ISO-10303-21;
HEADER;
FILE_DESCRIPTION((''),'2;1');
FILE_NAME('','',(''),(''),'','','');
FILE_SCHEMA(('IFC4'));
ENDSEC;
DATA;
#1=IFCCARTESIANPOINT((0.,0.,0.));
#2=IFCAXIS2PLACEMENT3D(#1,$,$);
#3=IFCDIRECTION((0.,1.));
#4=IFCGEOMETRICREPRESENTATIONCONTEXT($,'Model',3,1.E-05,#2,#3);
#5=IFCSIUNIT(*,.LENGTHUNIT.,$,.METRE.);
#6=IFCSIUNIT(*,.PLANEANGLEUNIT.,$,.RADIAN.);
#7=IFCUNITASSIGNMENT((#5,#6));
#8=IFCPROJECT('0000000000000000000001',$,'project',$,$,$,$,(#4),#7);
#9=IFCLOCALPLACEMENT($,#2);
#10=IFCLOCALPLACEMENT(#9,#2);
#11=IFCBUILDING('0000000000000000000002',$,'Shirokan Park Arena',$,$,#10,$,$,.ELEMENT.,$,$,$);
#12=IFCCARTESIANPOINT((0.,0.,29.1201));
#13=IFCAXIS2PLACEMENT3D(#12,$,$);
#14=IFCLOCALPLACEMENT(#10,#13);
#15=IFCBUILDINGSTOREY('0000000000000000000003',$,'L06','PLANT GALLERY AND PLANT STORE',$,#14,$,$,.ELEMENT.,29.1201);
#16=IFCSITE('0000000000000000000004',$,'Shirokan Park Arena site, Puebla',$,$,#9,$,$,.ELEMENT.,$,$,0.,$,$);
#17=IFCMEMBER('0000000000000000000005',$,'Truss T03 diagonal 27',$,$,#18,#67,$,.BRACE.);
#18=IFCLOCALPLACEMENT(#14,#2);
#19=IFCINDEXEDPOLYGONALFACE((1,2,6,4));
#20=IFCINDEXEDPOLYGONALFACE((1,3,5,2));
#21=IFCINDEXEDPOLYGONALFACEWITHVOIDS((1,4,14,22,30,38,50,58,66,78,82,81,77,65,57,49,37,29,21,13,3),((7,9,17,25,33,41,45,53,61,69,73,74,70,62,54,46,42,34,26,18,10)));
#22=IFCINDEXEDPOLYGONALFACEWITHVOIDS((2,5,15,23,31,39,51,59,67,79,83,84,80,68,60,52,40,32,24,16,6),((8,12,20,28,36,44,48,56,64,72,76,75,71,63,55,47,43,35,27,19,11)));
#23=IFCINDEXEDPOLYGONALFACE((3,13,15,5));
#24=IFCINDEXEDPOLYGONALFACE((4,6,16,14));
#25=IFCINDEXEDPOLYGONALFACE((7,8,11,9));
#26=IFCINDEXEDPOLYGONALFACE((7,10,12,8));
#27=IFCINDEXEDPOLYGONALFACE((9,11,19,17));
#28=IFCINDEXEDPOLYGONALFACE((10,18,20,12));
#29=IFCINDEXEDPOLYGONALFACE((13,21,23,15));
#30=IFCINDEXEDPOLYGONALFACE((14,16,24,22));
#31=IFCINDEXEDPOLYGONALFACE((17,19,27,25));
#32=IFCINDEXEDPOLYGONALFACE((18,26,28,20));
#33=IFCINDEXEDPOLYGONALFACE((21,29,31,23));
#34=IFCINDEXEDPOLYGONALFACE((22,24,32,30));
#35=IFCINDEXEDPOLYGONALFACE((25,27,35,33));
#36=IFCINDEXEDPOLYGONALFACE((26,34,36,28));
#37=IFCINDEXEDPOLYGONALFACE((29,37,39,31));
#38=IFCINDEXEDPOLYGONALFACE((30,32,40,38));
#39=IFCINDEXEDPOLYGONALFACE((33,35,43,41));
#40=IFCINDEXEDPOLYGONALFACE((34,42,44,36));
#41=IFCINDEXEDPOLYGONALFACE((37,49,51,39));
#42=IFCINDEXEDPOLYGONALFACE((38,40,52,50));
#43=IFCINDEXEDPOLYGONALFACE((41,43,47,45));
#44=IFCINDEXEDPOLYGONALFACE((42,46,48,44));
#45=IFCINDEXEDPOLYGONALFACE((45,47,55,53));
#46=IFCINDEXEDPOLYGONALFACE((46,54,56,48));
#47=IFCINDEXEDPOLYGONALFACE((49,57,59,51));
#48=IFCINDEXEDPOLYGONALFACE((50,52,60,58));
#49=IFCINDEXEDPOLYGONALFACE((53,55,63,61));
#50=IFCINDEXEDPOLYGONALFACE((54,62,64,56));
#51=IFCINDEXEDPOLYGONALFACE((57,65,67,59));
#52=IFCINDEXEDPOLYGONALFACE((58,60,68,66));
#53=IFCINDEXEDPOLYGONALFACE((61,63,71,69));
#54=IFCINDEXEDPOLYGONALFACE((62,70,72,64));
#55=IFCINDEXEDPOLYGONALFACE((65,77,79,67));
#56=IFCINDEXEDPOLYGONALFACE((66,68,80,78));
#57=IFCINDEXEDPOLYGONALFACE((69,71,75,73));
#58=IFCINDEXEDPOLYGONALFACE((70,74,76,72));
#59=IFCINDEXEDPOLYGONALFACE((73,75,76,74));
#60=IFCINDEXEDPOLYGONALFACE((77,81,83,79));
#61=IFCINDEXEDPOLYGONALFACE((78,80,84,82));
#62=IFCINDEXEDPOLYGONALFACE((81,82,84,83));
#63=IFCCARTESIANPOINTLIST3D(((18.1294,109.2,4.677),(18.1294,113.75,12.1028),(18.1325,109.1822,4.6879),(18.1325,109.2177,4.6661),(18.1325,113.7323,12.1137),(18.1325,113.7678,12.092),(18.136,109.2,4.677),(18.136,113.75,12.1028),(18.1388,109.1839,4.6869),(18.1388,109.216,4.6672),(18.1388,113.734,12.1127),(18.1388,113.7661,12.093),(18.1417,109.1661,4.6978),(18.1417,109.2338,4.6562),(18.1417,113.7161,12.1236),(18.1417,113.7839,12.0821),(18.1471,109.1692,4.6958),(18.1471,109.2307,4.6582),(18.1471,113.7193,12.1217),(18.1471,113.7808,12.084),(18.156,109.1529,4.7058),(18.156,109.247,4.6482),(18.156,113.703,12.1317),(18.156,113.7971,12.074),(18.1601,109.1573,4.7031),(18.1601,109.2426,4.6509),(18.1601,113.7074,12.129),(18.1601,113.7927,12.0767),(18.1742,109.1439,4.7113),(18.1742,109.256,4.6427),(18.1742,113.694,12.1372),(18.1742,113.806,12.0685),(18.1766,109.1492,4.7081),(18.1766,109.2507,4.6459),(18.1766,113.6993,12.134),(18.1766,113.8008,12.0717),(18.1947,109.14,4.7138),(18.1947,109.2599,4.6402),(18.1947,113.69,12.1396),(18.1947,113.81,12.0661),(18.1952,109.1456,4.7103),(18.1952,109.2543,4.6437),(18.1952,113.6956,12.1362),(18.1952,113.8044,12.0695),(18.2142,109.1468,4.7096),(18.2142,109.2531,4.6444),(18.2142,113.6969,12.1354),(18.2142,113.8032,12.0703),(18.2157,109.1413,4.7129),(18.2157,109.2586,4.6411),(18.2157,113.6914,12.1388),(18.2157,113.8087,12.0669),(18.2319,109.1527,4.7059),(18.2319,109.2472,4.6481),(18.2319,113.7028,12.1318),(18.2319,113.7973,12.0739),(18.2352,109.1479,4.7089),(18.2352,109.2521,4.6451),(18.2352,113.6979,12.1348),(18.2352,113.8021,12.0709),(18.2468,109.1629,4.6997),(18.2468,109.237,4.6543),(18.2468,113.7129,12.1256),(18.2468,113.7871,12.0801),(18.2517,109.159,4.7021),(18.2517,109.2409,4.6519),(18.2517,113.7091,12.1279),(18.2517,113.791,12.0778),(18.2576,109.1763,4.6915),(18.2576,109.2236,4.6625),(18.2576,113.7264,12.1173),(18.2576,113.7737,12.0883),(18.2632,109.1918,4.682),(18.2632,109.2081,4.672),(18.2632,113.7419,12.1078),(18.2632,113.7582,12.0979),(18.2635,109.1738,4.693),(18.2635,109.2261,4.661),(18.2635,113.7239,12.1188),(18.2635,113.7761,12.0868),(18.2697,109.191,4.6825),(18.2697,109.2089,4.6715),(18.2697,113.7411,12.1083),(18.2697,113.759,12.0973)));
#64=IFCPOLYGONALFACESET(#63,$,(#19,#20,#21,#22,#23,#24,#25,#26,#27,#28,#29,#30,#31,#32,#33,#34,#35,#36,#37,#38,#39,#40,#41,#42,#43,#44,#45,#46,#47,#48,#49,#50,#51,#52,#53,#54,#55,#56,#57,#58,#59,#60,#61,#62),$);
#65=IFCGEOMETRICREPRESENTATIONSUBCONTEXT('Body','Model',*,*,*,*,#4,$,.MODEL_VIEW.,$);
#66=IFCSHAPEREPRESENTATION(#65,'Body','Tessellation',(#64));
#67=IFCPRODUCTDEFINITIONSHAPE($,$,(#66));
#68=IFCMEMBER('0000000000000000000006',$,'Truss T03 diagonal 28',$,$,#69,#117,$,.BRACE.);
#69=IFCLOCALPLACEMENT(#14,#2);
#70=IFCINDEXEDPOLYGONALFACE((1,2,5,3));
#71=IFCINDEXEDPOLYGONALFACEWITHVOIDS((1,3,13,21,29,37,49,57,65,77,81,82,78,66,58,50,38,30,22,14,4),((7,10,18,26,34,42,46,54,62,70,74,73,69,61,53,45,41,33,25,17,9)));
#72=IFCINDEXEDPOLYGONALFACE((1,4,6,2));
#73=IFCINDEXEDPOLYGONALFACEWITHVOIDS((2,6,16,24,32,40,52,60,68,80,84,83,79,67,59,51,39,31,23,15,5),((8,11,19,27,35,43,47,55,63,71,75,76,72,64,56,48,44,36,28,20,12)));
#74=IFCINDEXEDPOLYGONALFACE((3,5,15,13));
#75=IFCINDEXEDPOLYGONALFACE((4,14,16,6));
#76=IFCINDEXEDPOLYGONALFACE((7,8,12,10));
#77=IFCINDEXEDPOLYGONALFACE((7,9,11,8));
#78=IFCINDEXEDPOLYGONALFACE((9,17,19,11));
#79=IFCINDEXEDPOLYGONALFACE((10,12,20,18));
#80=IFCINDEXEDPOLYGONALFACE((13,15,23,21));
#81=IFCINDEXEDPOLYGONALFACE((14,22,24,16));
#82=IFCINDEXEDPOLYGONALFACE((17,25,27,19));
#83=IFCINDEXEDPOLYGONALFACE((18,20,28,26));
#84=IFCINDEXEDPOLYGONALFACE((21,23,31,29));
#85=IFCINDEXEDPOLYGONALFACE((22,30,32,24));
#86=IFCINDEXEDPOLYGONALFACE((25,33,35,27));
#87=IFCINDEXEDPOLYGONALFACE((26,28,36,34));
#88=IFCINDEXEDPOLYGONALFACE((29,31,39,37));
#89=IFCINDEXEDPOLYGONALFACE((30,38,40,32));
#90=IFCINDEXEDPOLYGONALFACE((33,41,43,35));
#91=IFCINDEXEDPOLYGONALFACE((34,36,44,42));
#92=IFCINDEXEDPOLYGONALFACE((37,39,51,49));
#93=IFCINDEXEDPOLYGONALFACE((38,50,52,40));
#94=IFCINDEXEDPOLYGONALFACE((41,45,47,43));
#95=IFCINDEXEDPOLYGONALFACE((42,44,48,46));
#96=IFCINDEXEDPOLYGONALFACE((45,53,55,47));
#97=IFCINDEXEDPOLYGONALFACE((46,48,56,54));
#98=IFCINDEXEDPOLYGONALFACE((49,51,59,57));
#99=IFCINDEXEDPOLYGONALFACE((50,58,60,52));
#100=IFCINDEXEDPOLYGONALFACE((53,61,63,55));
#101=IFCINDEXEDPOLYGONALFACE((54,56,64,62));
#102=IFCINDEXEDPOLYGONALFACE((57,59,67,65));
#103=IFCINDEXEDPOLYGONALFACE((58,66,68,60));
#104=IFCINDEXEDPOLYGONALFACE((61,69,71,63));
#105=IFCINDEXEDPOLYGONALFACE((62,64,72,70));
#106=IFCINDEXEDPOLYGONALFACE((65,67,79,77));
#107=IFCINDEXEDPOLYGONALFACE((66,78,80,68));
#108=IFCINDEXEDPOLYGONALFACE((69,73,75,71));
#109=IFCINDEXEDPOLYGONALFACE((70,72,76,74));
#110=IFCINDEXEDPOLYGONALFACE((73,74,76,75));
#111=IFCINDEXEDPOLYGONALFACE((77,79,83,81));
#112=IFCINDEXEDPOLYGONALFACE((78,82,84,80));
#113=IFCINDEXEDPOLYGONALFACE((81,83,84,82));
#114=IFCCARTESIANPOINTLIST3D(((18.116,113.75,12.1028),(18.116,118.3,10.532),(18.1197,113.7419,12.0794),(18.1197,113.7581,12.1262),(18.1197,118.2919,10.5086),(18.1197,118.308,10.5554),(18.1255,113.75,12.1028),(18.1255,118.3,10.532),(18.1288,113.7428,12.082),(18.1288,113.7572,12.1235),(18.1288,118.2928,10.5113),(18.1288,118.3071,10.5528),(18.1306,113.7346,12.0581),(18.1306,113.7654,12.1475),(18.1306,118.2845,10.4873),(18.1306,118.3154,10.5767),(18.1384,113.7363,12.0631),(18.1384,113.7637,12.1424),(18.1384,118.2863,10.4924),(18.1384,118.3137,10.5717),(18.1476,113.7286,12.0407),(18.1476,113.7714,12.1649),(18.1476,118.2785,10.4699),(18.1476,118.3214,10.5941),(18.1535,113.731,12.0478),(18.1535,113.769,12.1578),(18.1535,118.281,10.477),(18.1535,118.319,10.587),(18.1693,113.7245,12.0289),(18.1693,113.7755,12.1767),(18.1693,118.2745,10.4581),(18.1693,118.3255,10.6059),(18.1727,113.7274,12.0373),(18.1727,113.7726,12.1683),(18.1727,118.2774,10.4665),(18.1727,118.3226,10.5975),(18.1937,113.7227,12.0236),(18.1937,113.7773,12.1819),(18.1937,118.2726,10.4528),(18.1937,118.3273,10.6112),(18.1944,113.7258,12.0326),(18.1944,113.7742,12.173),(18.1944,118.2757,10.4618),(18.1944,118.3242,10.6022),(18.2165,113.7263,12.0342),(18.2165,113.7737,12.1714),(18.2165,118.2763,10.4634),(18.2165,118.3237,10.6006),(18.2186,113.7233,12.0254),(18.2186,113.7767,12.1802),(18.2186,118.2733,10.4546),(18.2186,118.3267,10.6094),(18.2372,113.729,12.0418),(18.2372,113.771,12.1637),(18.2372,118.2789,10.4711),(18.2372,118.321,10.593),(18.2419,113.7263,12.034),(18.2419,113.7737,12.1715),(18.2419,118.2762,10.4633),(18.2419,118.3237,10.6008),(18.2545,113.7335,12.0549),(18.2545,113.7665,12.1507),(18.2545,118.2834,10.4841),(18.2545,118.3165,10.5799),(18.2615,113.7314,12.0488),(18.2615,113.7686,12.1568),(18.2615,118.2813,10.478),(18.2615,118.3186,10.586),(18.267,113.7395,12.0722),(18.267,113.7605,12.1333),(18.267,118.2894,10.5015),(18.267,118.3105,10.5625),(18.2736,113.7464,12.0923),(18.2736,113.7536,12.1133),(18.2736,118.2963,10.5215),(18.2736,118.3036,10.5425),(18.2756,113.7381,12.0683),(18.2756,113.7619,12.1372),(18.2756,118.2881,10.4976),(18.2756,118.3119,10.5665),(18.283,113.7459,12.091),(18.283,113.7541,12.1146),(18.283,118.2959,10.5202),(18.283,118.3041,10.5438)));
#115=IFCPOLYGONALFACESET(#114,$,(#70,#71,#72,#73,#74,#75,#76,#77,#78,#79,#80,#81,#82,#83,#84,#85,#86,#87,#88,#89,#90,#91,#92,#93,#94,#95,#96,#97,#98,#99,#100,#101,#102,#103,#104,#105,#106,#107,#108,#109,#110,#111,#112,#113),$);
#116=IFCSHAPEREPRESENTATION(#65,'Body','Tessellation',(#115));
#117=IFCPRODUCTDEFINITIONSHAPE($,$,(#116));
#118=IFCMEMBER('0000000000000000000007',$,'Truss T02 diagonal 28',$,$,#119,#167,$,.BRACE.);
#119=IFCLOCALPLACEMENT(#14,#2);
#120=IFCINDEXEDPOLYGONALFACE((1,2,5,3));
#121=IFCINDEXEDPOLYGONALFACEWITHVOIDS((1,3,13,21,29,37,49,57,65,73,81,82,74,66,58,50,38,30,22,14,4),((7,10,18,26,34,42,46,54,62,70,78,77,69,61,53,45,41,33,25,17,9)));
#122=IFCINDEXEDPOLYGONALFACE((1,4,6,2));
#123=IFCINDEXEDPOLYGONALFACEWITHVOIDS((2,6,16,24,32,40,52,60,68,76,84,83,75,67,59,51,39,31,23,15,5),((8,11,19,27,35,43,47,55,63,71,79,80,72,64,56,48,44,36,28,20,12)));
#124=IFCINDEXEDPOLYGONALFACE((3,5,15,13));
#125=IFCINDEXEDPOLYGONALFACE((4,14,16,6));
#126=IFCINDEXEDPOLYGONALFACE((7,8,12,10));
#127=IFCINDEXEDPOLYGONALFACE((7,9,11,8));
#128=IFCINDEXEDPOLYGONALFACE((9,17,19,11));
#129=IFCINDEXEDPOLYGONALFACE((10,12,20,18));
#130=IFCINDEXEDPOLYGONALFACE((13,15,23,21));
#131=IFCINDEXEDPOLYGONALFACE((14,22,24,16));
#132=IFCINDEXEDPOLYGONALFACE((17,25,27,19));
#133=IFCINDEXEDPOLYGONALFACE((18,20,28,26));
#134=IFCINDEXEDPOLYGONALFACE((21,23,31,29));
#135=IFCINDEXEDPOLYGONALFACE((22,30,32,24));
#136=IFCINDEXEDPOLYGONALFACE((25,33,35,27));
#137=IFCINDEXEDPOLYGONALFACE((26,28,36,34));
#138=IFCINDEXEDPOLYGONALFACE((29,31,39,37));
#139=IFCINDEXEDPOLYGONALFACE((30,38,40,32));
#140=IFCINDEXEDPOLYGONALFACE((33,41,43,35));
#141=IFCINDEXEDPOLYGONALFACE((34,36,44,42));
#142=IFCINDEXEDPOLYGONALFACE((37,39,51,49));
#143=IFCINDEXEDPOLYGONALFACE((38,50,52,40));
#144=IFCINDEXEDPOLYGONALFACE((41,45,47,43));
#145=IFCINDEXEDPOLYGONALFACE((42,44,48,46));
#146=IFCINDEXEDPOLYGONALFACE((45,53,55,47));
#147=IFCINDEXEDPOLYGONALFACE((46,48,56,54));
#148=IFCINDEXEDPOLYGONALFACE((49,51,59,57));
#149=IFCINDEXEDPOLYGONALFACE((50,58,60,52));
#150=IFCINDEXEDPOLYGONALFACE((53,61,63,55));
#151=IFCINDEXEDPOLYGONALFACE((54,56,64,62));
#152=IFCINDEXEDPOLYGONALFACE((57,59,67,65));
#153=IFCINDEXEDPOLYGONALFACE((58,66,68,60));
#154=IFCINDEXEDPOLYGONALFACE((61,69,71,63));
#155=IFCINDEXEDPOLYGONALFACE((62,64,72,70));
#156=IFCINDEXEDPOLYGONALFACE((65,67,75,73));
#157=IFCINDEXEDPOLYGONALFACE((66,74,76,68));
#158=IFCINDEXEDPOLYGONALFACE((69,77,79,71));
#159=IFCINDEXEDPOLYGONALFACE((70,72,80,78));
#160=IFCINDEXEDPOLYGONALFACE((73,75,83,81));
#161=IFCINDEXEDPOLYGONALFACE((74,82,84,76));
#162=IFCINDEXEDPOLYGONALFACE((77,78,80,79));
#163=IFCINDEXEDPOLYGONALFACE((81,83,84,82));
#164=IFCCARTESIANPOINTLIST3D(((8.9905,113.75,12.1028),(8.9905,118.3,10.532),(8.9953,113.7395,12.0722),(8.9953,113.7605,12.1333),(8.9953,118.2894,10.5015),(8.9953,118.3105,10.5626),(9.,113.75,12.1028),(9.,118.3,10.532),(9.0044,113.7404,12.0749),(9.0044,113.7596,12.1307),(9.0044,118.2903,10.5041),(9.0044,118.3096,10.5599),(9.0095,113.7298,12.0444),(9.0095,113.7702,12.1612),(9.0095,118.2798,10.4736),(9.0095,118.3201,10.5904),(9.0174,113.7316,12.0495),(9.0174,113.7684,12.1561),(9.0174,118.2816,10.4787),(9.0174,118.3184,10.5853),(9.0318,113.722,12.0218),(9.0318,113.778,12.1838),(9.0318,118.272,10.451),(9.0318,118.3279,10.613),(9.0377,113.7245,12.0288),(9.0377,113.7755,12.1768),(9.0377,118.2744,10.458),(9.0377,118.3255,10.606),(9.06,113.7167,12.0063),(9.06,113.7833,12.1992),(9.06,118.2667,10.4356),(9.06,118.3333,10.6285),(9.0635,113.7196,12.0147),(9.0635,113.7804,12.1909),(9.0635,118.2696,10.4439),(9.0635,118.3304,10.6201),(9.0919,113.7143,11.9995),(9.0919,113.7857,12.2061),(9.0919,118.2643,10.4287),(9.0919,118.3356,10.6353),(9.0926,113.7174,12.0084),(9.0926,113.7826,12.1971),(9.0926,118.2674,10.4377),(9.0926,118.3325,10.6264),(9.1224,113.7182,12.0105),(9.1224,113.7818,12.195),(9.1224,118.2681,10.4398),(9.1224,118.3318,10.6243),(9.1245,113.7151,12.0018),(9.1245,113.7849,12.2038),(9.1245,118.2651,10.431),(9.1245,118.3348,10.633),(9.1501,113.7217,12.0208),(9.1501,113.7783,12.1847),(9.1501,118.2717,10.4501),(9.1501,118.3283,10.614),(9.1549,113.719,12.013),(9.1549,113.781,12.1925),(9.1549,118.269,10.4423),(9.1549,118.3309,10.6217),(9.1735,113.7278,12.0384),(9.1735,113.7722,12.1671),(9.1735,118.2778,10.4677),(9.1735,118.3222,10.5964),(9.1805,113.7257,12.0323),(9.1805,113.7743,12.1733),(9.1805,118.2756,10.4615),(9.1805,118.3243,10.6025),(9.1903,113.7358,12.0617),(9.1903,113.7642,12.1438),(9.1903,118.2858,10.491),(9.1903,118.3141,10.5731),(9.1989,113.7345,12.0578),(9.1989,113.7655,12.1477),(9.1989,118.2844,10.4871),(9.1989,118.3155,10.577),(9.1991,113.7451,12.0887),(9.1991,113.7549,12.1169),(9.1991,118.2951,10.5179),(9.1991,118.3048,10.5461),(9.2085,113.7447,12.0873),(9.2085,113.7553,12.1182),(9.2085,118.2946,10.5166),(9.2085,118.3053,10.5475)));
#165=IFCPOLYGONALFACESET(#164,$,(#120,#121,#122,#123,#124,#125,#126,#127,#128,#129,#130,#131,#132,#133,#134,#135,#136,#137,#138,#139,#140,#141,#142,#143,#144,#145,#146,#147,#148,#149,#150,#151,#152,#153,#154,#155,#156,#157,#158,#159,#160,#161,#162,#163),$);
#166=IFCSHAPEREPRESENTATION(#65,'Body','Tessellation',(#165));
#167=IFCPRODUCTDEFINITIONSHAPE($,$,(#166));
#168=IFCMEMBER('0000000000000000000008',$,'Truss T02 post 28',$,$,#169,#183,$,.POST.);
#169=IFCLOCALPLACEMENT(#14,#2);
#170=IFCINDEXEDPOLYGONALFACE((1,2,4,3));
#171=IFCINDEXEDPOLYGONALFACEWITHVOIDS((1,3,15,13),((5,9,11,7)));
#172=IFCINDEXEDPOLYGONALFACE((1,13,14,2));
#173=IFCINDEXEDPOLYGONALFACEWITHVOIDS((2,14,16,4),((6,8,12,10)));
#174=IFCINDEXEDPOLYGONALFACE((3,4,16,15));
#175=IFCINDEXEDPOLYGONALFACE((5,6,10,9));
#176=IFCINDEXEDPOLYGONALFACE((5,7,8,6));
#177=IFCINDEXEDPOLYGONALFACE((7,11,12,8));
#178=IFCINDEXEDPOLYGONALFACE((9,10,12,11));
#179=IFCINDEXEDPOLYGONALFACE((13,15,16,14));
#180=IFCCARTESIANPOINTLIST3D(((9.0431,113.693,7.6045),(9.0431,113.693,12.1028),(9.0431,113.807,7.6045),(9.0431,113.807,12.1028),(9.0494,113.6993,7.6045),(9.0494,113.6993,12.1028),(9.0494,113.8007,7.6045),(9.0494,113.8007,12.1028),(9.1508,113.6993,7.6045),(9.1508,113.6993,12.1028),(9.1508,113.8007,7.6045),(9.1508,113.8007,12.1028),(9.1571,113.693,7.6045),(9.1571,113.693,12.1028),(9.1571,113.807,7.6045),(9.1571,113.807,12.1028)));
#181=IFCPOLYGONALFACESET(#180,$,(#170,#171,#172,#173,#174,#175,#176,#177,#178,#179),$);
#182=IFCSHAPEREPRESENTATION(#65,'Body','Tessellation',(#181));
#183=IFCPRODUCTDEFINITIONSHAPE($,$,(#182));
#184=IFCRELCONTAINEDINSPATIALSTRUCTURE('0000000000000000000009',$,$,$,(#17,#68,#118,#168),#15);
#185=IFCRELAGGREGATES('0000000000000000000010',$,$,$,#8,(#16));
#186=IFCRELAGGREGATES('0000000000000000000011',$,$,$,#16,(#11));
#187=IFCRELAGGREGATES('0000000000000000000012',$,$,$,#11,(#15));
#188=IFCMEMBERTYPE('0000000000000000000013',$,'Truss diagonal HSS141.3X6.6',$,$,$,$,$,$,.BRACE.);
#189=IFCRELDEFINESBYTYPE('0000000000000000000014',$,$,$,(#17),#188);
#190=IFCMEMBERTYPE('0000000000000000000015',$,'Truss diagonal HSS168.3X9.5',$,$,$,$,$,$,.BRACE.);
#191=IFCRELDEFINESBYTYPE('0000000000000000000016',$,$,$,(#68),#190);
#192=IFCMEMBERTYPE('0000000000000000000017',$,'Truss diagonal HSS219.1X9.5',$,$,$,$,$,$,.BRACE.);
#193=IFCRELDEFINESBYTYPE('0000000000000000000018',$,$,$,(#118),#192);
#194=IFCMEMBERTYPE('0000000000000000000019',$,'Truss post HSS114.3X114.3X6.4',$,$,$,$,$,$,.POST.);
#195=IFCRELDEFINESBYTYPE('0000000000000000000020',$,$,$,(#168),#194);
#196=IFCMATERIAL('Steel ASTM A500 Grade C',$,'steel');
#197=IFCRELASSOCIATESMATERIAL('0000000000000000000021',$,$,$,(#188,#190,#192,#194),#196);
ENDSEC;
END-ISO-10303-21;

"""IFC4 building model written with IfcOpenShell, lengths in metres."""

from ifc_helpers import new_model, si_unit, direction, frame, origin, origin_2d, place, context, subcontext, project, spatial, hollow_rectangle, hollow_circle, extrude, material, material_profile, profile_set, type_object, element, save


model = new_model("IFC4")

# Units and contexts
model_context = context("Model", 3, precision=1e-05, world=origin(), true_north=direction((0.0, 1.0)))
body_context = subcontext(model_context, "Body", "Model", "MODEL_VIEW")
ifc_project = project(units=[si_unit("LENGTHUNIT", "METRE"), si_unit("PLANEANGLEUNIT", "RADIAN")], contexts=[model_context])

# Site, building, storey
site_placement = place(None, origin())
site = spatial("IfcSite", under=ifc_project, at=site_placement, Name="Shirokan Park Arena site, Puebla", CompositionType="ELEMENT", RefElevation=0.0)
building_placement = place(site_placement, origin())
building = spatial("IfcBuilding", under=site, at=building_placement, Name="Shirokan Park Arena", CompositionType="ELEMENT")
storey_placement = place(building_placement, frame((0.0, 0.0, 29.1201)))
storey = spatial("IfcBuildingStorey", under=building, at=storey_placement, Name="L06", Description="PLANT GALLERY AND PLANT STORE", CompositionType="ELEMENT", Elevation=29.1201)

# Shared definitions
ifc_material_1 = material(Name="Steel ASTM A500 Grade C", Category="steel")

# Members
ifc_material_profile_1 = material_profile(ifc_material_1, hollow_circle(Radius=0.0706, WallThickness=0.0066, at=origin_2d()), Name="HSS141.3X6.6")
ifc_profile_set_1 = profile_set([ifc_material_profile_1], Name="Steel ASTM A500 Grade C")
member_type_1 = type_object("IfcMemberType", Name="Truss diagonal HSS141.3X6.6", PredefinedType="BRACE", material=ifc_profile_set_1)
member_1_placement = place(storey_placement, frame((18.2, 109.2, 4.677), z_axis=(0.0, 0.522459, 0.852665), x_axis=(-1.0, 0.0, 0.0)))
element("IfcMember", 1, at=member_1_placement, inside=storey, type_object=member_type_1, Name="Truss T03 diagonal 27", PredefinedType="BRACE", context=body_context, shape_type="SweptSolid", body=[
    extrude(hollow_circle(Radius=0.0706, WallThickness=0.0066, at=origin_2d()), origin(), (0.0, 0.0, 1.0), 8.709),
])
ifc_material_profile_2 = material_profile(ifc_material_1, hollow_circle(Radius=0.084, WallThickness=0.0095, at=origin_2d()), Name="HSS168.3X9.5")
ifc_profile_set_2 = profile_set([ifc_material_profile_2], Name="Steel ASTM A500 Grade C")
member_type_2 = type_object("IfcMemberType", Name="Truss diagonal HSS168.3X9.5", PredefinedType="BRACE", material=ifc_profile_set_2)
member_2_placement = place(storey_placement, frame((18.2, 113.75, 12.1028), z_axis=(0.0, 0.945256, -0.326328), x_axis=(-1.0, 0.0, 0.0)))
element("IfcMember", 2, at=member_2_placement, inside=storey, type_object=member_type_2, Name="Truss T03 diagonal 28", PredefinedType="BRACE", context=body_context, shape_type="SweptSolid", body=[
    extrude(hollow_circle(Radius=0.084, WallThickness=0.0095, at=origin_2d()), origin(), (0.0, 0.0, 1.0), 4.8135),
])
ifc_material_profile_3 = material_profile(ifc_material_1, hollow_circle(Radius=0.1096, WallThickness=0.0095, at=origin_2d()), Name="HSS219.1X9.5")
ifc_profile_set_3 = profile_set([ifc_material_profile_3], Name="Steel ASTM A500 Grade C")
member_type_3 = type_object("IfcMemberType", Name="Truss diagonal HSS219.1X9.5", PredefinedType="BRACE", material=ifc_profile_set_3)
member_3_placement = place(storey_placement, frame((9.1001, 113.75, 12.1028), z_axis=(0.0, 0.945256, -0.326328), x_axis=(-1.0, 0.0, 0.0)))
element("IfcMember", 3, at=member_3_placement, inside=storey, type_object=member_type_3, Name="Truss T02 diagonal 28", PredefinedType="BRACE", context=body_context, shape_type="SweptSolid", body=[
    extrude(hollow_circle(Radius=0.1096, WallThickness=0.0095, at=origin_2d()), origin(), (0.0, 0.0, 1.0), 4.8135),
])
ifc_material_profile_4 = material_profile(ifc_material_1, hollow_rectangle(XDim=0.114, YDim=0.114, WallThickness=0.0063, at=origin_2d()), Name="HSS114.3X114.3X6.4")
ifc_profile_set_4 = profile_set([ifc_material_profile_4], Name="Steel ASTM A500 Grade C")
member_type_4 = type_object("IfcMemberType", Name="Truss post HSS114.3X114.3X6.4", PredefinedType="POST", material=ifc_profile_set_4)
member_4_placement = place(storey_placement, frame((9.1001, 113.75, 7.6045), z_axis=(0.0, 0.0, 1.0), x_axis=(1.0, 0.0, 0.0)))
element("IfcMember", 4, at=member_4_placement, inside=storey, type_object=member_type_4, Name="Truss T02 post 28", PredefinedType="POST", context=body_context, shape_type="SweptSolid", body=[
    extrude(hollow_rectangle(XDim=0.114, YDim=0.114, WallThickness=0.0063, at=origin_2d()), origin(), (0.0, 0.0, 1.0), 4.4983),
])

save(model, "model.ifc")
